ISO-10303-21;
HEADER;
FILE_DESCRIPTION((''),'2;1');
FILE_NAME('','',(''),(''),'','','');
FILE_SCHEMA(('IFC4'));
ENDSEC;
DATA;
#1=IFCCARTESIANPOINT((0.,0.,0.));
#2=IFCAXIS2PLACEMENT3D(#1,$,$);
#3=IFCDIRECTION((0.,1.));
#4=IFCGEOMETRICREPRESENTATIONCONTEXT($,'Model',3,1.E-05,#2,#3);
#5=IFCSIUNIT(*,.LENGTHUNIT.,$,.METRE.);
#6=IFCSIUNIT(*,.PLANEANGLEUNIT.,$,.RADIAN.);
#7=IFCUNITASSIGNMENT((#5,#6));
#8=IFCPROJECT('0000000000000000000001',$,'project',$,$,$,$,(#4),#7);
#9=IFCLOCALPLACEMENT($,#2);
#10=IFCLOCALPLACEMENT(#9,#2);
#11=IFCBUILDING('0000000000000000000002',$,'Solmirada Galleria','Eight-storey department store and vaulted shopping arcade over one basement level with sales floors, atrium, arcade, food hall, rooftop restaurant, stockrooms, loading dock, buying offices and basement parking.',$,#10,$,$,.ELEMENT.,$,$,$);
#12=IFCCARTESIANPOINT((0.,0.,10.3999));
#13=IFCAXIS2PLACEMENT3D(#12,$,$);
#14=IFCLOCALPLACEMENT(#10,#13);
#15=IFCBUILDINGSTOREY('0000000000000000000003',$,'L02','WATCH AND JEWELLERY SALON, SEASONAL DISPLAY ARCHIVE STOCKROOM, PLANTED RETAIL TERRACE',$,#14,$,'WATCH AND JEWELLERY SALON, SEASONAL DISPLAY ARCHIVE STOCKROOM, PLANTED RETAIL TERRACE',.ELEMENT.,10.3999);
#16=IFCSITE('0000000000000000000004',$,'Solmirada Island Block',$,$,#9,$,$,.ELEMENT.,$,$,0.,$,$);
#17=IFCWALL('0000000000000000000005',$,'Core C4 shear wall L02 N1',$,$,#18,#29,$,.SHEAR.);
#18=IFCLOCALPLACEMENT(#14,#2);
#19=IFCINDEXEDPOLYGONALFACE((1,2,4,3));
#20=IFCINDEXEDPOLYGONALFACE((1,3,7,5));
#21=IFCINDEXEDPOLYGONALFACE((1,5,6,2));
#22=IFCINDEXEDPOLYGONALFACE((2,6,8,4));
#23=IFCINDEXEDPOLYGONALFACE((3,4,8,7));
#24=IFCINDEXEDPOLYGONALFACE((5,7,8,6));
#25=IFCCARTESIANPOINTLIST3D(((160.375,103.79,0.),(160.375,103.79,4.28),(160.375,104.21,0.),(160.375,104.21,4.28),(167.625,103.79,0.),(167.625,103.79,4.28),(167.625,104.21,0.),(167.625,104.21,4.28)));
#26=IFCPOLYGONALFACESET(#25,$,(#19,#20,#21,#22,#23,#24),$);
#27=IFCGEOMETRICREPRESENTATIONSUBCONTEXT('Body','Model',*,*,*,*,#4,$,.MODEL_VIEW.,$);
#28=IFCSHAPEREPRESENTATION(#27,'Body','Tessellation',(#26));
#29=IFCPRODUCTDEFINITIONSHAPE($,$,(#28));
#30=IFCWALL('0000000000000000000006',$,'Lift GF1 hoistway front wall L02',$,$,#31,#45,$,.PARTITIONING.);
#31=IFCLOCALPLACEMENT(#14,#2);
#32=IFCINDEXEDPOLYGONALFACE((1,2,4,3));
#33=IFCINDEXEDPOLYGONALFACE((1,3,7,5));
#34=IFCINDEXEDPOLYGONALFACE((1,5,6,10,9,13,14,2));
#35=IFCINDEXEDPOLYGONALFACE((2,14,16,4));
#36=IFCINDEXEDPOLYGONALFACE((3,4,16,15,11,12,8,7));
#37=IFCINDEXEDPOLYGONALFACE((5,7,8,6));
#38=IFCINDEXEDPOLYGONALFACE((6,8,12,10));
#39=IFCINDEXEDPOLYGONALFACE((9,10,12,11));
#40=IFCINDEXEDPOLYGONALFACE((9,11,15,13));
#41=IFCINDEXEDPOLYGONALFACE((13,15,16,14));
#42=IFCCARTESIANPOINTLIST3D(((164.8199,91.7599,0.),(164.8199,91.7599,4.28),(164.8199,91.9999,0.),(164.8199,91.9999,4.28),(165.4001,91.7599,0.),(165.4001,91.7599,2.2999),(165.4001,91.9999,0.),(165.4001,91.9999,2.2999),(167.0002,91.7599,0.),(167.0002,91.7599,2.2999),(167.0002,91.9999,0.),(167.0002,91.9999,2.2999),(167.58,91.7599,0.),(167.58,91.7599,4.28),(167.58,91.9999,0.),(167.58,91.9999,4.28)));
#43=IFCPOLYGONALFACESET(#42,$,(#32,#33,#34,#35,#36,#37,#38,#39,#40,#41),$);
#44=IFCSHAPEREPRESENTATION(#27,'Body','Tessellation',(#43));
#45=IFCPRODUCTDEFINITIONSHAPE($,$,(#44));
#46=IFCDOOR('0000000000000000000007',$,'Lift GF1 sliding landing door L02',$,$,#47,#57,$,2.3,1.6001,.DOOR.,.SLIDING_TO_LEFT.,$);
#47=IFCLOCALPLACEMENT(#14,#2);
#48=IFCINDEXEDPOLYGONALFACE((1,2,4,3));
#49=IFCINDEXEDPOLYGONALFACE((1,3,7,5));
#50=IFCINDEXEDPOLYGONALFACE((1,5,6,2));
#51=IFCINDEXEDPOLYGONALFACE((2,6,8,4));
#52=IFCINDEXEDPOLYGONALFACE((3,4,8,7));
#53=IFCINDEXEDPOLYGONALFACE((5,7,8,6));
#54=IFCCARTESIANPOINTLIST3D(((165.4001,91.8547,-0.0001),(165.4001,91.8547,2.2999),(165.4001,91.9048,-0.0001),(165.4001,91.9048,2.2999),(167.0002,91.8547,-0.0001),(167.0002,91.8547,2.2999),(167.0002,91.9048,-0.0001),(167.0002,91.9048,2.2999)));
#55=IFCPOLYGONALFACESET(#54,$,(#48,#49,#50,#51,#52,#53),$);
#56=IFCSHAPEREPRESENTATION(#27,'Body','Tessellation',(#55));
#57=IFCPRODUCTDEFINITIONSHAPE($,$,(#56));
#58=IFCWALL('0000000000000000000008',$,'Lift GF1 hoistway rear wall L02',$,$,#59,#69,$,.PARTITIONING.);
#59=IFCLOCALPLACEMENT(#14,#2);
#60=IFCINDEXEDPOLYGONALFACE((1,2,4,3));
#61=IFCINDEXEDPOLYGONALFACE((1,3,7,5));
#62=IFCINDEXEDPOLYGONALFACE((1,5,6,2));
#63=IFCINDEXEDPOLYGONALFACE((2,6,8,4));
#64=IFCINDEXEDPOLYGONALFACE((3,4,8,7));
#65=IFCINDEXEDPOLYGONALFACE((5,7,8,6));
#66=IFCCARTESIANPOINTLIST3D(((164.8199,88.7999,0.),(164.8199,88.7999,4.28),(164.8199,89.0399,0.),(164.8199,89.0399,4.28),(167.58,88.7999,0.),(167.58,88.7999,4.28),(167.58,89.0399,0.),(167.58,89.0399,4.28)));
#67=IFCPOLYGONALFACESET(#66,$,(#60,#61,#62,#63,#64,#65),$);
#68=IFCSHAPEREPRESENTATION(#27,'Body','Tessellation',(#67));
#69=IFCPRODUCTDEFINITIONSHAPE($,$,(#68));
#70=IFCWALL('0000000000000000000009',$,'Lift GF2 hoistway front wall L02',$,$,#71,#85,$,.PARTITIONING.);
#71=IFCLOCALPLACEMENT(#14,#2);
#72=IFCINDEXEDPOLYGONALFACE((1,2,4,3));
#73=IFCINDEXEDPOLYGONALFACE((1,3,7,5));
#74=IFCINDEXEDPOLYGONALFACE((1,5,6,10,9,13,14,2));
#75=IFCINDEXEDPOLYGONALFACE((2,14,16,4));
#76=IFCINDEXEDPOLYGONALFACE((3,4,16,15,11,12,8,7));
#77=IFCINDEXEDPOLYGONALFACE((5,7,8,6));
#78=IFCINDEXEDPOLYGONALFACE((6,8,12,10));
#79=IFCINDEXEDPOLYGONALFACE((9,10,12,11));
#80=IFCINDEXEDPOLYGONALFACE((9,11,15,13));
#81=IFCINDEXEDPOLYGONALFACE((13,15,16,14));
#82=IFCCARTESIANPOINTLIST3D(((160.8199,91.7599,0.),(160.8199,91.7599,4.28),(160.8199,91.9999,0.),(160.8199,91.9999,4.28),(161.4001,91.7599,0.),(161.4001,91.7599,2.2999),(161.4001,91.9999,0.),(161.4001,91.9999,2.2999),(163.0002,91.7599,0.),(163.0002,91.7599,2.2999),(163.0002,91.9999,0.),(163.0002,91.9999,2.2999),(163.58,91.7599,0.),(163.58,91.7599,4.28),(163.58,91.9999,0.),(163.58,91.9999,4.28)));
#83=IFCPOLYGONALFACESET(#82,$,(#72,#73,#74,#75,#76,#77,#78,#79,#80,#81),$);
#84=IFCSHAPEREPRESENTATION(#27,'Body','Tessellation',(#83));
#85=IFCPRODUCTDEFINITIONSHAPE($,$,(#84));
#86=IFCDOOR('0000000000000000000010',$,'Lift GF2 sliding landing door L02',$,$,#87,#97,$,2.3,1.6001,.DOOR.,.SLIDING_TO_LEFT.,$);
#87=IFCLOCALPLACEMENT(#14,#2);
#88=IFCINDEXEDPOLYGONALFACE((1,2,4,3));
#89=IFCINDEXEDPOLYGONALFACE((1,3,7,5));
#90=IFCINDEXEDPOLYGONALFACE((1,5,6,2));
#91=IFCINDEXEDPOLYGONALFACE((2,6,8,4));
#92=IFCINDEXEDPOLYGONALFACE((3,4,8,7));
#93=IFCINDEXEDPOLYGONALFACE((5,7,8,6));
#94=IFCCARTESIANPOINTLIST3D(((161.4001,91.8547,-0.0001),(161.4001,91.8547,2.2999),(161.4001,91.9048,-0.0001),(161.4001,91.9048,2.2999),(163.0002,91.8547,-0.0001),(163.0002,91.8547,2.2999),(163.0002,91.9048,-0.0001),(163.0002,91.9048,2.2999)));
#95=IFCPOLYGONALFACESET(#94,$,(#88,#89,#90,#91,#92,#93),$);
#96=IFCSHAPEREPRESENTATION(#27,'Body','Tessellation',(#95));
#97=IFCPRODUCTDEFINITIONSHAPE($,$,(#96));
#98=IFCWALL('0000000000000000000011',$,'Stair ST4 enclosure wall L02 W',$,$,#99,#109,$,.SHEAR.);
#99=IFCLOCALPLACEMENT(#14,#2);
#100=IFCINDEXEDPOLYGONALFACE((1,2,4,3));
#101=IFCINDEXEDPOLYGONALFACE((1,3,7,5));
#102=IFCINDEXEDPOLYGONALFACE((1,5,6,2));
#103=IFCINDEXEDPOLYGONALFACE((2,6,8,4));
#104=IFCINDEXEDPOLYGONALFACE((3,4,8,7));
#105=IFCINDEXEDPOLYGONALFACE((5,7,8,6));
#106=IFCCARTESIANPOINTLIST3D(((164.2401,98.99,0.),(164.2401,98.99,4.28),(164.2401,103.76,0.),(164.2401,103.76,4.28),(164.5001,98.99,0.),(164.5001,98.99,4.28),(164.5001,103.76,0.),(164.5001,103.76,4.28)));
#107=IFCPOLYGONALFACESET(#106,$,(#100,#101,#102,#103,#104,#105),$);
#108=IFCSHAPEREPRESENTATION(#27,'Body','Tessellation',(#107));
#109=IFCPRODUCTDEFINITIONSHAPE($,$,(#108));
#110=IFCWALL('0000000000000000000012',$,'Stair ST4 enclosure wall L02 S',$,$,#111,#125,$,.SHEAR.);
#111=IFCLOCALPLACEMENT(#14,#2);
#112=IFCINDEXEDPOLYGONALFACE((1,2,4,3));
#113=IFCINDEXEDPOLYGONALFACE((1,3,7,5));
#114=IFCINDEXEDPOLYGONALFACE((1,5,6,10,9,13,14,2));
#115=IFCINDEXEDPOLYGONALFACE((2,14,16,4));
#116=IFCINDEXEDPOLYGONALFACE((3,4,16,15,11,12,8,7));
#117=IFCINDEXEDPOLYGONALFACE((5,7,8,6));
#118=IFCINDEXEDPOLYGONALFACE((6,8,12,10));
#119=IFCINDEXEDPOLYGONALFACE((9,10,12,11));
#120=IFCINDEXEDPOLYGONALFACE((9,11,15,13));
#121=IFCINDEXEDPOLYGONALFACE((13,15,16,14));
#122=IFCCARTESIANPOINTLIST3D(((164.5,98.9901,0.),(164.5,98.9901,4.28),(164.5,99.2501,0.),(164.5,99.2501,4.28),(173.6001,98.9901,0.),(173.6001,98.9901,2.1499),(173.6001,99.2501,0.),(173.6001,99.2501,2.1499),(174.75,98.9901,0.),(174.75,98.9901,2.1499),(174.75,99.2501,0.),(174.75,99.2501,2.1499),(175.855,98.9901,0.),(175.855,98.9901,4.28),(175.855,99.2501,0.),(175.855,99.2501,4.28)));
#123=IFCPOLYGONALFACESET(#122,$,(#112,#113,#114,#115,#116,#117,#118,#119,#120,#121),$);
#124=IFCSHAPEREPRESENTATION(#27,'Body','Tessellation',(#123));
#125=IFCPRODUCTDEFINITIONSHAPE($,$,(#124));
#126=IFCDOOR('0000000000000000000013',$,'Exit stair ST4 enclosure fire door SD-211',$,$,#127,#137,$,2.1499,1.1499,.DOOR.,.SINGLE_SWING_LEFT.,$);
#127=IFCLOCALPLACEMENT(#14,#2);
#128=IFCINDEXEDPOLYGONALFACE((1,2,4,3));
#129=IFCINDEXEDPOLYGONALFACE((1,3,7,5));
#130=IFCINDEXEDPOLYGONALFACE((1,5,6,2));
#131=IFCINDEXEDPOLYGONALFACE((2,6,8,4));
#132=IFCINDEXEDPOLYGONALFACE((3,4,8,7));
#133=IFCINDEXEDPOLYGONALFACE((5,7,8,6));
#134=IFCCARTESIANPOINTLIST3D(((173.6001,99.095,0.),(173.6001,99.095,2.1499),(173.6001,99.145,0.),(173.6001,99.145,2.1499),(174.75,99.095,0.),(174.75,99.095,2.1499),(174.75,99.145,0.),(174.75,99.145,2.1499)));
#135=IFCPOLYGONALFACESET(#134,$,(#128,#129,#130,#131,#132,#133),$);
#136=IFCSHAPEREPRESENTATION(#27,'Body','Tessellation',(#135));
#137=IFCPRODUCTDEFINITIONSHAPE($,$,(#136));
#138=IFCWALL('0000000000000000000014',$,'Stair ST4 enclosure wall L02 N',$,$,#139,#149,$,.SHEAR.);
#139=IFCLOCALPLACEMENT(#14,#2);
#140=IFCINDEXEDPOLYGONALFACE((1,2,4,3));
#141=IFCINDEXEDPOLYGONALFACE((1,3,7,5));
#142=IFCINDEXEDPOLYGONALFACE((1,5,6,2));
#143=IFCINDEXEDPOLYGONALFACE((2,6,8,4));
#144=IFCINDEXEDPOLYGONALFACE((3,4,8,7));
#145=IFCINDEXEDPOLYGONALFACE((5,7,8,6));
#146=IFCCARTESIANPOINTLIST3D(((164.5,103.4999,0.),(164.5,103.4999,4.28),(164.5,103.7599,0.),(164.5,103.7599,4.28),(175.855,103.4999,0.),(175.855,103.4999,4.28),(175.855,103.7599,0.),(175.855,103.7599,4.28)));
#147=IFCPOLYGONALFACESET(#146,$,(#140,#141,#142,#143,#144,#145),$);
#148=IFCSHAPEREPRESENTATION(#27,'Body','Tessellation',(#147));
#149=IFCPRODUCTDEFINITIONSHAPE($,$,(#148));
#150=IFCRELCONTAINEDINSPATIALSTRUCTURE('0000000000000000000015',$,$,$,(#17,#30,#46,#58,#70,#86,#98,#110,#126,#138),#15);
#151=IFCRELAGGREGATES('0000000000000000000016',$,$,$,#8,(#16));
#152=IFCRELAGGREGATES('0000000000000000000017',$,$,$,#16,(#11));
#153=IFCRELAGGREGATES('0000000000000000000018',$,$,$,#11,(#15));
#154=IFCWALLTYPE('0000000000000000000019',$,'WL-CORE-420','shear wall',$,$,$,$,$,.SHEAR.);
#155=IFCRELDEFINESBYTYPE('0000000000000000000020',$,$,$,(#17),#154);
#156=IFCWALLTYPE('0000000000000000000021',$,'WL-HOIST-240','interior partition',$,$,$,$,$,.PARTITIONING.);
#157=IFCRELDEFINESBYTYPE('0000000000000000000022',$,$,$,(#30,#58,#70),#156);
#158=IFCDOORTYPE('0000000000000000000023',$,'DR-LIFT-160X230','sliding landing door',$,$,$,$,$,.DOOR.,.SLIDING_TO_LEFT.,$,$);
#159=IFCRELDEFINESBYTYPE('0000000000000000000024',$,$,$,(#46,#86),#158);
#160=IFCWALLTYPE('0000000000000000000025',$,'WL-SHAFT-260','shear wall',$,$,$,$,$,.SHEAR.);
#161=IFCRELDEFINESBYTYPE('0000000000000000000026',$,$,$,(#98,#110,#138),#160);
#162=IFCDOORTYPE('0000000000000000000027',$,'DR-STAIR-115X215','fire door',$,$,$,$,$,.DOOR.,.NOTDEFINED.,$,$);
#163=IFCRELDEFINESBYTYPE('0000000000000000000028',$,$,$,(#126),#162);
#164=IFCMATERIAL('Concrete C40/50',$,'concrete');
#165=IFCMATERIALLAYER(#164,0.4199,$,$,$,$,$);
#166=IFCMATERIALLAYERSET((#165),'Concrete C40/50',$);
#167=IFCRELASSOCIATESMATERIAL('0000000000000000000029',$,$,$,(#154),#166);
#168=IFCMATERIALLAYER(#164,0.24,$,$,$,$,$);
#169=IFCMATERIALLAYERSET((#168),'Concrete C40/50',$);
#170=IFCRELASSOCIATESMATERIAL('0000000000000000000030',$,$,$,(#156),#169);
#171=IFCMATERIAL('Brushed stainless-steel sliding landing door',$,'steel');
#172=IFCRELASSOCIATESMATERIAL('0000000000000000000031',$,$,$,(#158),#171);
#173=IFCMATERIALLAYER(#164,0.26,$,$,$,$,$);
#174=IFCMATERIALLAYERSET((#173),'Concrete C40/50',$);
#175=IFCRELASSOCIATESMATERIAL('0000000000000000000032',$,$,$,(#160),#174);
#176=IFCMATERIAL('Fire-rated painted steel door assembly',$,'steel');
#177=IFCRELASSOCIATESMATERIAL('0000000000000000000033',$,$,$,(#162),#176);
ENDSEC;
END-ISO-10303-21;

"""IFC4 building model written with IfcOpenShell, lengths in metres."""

from ifc_helpers import new_model, si_unit, direction, frame, frame_2d, origin, place, context, subcontext, project, spatial, rectangle, extrude, material, layer, layer_set, type_object, element, fill, save


model = new_model("IFC4")

# Units and contexts
model_context = context("Model", 3, precision=1e-05, world=origin(), true_north=direction((0.0, 1.0)))
body_context = subcontext(model_context, "Body", "Model", "MODEL_VIEW")
ifc_project = project(units=[si_unit("LENGTHUNIT", "METRE"), si_unit("PLANEANGLEUNIT", "RADIAN")], contexts=[model_context])

# Site, building, storey
site_placement = place(None, origin())
site = spatial("IfcSite", under=ifc_project, at=site_placement, Name="Solmirada Island Block", CompositionType="ELEMENT", RefElevation=0.0)
building_placement = place(site_placement, origin())
building = spatial("IfcBuilding", under=site, at=building_placement, Name="Solmirada Galleria", Description="Eight-storey department store and vaulted shopping arcade over one basement level with sales floors, atrium, arcade, food hall, rooftop restaurant, stockrooms, loading dock, buying offices and basement parking.", CompositionType="ELEMENT")
storey_placement = place(building_placement, frame((0.0, 0.0, 10.3999)))
storey = spatial("IfcBuildingStorey", under=building, at=storey_placement, Name="L02", Description="WATCH AND JEWELLERY SALON, SEASONAL DISPLAY ARCHIVE STOCKROOM, PLANTED RETAIL TERRACE", LongName="WATCH AND JEWELLERY SALON, SEASONAL DISPLAY ARCHIVE STOCKROOM, PLANTED RETAIL TERRACE", CompositionType="ELEMENT", Elevation=10.3999)

# Shared definitions
ifc_material_1 = material(Name="Concrete C40/50", Category="concrete")

# Wall
ifc_layer_1 = layer(ifc_material_1, 0.4199)
ifc_layer_set_1 = layer_set([ifc_layer_1], Name="Concrete C40/50")
wall_type_1 = type_object("IfcWallType", Name="WL-CORE-420", Description="shear wall", PredefinedType="SHEAR", material=ifc_layer_set_1)
wall_1_placement = place(storey_placement, frame((160.375, 104.0, 0.0), z_axis=(0.0, 0.0, 1.0), x_axis=(1.0, 0.0, 0.0)))
element("IfcWall", 1, at=wall_1_placement, inside=storey, type_object=wall_type_1, Name="Core C4 shear wall L02 N1", PredefinedType="SHEAR", context=body_context, shape_type="SweptSolid", body=[
    extrude(rectangle(XDim=7.25, YDim=0.4199, at=frame_2d((3.625, 0.0))), origin(), (0.0, 0.0, 1.0), 4.28),
])

# Wall, opening, door
ifc_layer_2 = layer(ifc_material_1, 0.24)
ifc_layer_set_2 = layer_set([ifc_layer_2], Name="Concrete C40/50")
wall_type_2 = type_object("IfcWallType", Name="WL-HOIST-240", Description="interior partition", PredefinedType="PARTITIONING", material=ifc_layer_set_2)
wall_2_placement = place(storey_placement, frame((164.8201, 91.8799, 0.0), z_axis=(0.0, 0.0, 1.0), x_axis=(1.0, 0.0, 0.0)))
wall_2 = element("IfcWall", 2, at=wall_2_placement, inside=storey, type_object=wall_type_2, Name="Lift GF1 hoistway front wall L02", PredefinedType="PARTITIONING", context=body_context, shape_type="SweptSolid", body=[
    extrude(rectangle(XDim=2.76, YDim=0.24, at=frame_2d((1.3799, 0.0))), origin(), (0.0, 0.0, 1.0), 4.28),
])
opening_1_placement = place(wall_2_placement, frame((0.5801, 0.0, 0.0)))
opening_1 = element("IfcOpeningElement", 3, at=opening_1_placement, cuts=wall_2, PredefinedType="OPENING", context=body_context, shape_type="SweptSolid", body=[
    extrude(rectangle(XDim=1.6001, YDim=2.3, at=frame_2d((0.8, 1.1499))), frame((0.0, 0.1299, 0.0), z_axis=(0.0, -1.0, 0.0), x_axis=(1.0, 0.0, 0.0)), (0.0, 0.0, 1.0), 0.26),
])
ifc_material_2 = material(Name="Brushed stainless-steel sliding landing door", Category="steel")
door_type_1 = type_object("IfcDoorType", Name="DR-LIFT-160X230", Description="sliding landing door", OperationType="SLIDING_TO_LEFT", PredefinedType="DOOR", material=ifc_material_2)
door_1_placement = place(opening_1_placement, origin())
door_1 = element("IfcDoor", 4, at=door_1_placement, inside=storey, type_object=door_type_1, Name="Lift GF1 sliding landing door L02", OperationType="SLIDING_TO_LEFT", OverallHeight=2.3, OverallWidth=1.6001, PredefinedType="DOOR", context=body_context, shape_type="SweptSolid", body=[
    extrude(rectangle(XDim=1.6001, YDim=2.3, at=frame_2d((0.8, 1.1499))), frame((0.0, 0.0249, 0.0), z_axis=(0.0, -1.0, 0.0), x_axis=(1.0, 0.0, 0.0)), (0.0, 0.0, 1.0), 0.05),
])
fill(opening_1, door_1)

# Wall
wall_3_placement = place(storey_placement, frame((164.8201, 88.9199, 0.0), z_axis=(0.0, 0.0, 1.0), x_axis=(1.0, 0.0, 0.0)))
element("IfcWall", 5, at=wall_3_placement, inside=storey, type_object=wall_type_2, Name="Lift GF1 hoistway rear wall L02", PredefinedType="PARTITIONING", context=body_context, shape_type="SweptSolid", body=[
    extrude(rectangle(XDim=2.76, YDim=0.24, at=frame_2d((1.3799, 0.0))), origin(), (0.0, 0.0, 1.0), 4.28),
])

# Wall, opening, door
wall_4_placement = place(storey_placement, frame((160.8201, 91.8799, 0.0), z_axis=(0.0, 0.0, 1.0), x_axis=(1.0, 0.0, 0.0)))
wall_4 = element("IfcWall", 6, at=wall_4_placement, inside=storey, type_object=wall_type_2, Name="Lift GF2 hoistway front wall L02", PredefinedType="PARTITIONING", context=body_context, shape_type="SweptSolid", body=[
    extrude(rectangle(XDim=2.76, YDim=0.24, at=frame_2d((1.3799, 0.0))), origin(), (0.0, 0.0, 1.0), 4.28),
])
opening_2_placement = place(wall_4_placement, frame((0.5801, 0.0, 0.0)))
opening_2 = element("IfcOpeningElement", 7, at=opening_2_placement, cuts=wall_4, PredefinedType="OPENING", context=body_context, shape_type="SweptSolid", body=[
    extrude(rectangle(XDim=1.6001, YDim=2.3, at=frame_2d((0.8, 1.1499))), frame((0.0, 0.1299, 0.0), z_axis=(0.0, -1.0, 0.0), x_axis=(1.0, 0.0, 0.0)), (0.0, 0.0, 1.0), 0.26),
])
door_2_placement = place(opening_2_placement, origin())
door_2 = element("IfcDoor", 8, at=door_2_placement, inside=storey, type_object=door_type_1, Name="Lift GF2 sliding landing door L02", OperationType="SLIDING_TO_LEFT", OverallHeight=2.3, OverallWidth=1.6001, PredefinedType="DOOR", context=body_context, shape_type="SweptSolid", body=[
    extrude(rectangle(XDim=1.6001, YDim=2.3, at=frame_2d((0.8, 1.1499))), frame((0.0, 0.0249, 0.0), z_axis=(0.0, -1.0, 0.0), x_axis=(1.0, 0.0, 0.0)), (0.0, 0.0, 1.0), 0.05),
])
fill(opening_2, door_2)

# Wall
ifc_layer_3 = layer(ifc_material_1, 0.26)
ifc_layer_set_3 = layer_set([ifc_layer_3], Name="Concrete C40/50")
wall_type_3 = type_object("IfcWallType", Name="WL-SHAFT-260", Description="shear wall", PredefinedType="SHEAR", material=ifc_layer_set_3)
wall_5_placement = place(storey_placement, frame((164.3701, 98.99, 0.0), z_axis=(0.0, 0.0, 1.0), x_axis=(0.0, 1.0, 0.0)))
element("IfcWall", 9, at=wall_5_placement, inside=storey, type_object=wall_type_3, Name="Stair ST4 enclosure wall L02 W", PredefinedType="SHEAR", context=body_context, shape_type="SweptSolid", body=[
    extrude(rectangle(XDim=4.77, YDim=0.26, at=frame_2d((2.385, 0.0))), origin(), (0.0, 0.0, 1.0), 4.28),
])

# Wall, opening, door
wall_6_placement = place(storey_placement, frame((164.5, 99.1201, 0.0), z_axis=(0.0, 0.0, 1.0), x_axis=(1.0, 0.0, 0.0)))
wall_6 = element("IfcWall", 10, at=wall_6_placement, inside=storey, type_object=wall_type_3, Name="Stair ST4 enclosure wall L02 S", PredefinedType="SHEAR", context=body_context, shape_type="SweptSolid", body=[
    extrude(rectangle(XDim=11.355, YDim=0.26, at=frame_2d((5.6775, 0.0))), origin(), (0.0, 0.0, 1.0), 4.28),
])
opening_3_placement = place(wall_6_placement, frame((9.1001, 0.0, 0.0)))
opening_3 = element("IfcOpeningElement", 11, at=opening_3_placement, cuts=wall_6, PredefinedType="OPENING", context=body_context, shape_type="SweptSolid", body=[
    extrude(rectangle(XDim=1.1499, YDim=2.1499, at=frame_2d((0.575, 1.075))), frame((0.0, 0.1399, 0.0), z_axis=(0.0, -1.0, 0.0), x_axis=(1.0, 0.0, 0.0)), (0.0, 0.0, 1.0), 0.28),
])
ifc_material_3 = material(Name="Fire-rated painted steel door assembly", Category="steel")
door_type_2 = type_object("IfcDoorType", Name="DR-STAIR-115X215", Description="fire door", OperationType="NOTDEFINED", PredefinedType="DOOR", material=ifc_material_3)
door_3_placement = place(opening_3_placement, origin())
door_3 = element("IfcDoor", 12, at=door_3_placement, inside=storey, type_object=door_type_2, Name="Exit stair ST4 enclosure fire door SD-211", OperationType="SINGLE_SWING_LEFT", OverallHeight=2.1499, OverallWidth=1.1499, PredefinedType="DOOR", context=body_context, shape_type="SweptSolid", body=[
    extrude(rectangle(XDim=1.1499, YDim=2.1499, at=frame_2d((0.575, 1.075))), frame((0.0, 0.0249, 0.0), z_axis=(0.0, -1.0, 0.0), x_axis=(1.0, 0.0, 0.0)), (0.0, 0.0, 1.0), 0.05),
])
fill(opening_3, door_3)

# Wall
wall_7_placement = place(storey_placement, frame((164.5, 103.6299, 0.0), z_axis=(0.0, 0.0, 1.0), x_axis=(1.0, 0.0, 0.0)))
element("IfcWall", 13, at=wall_7_placement, inside=storey, type_object=wall_type_3, Name="Stair ST4 enclosure wall L02 N", PredefinedType="SHEAR", context=body_context, shape_type="SweptSolid", body=[
    extrude(rectangle(XDim=11.355, YDim=0.26, at=frame_2d((5.6775, 0.0))), origin(), (0.0, 0.0, 1.0), 4.28),
])

save(model, "model.ifc")
